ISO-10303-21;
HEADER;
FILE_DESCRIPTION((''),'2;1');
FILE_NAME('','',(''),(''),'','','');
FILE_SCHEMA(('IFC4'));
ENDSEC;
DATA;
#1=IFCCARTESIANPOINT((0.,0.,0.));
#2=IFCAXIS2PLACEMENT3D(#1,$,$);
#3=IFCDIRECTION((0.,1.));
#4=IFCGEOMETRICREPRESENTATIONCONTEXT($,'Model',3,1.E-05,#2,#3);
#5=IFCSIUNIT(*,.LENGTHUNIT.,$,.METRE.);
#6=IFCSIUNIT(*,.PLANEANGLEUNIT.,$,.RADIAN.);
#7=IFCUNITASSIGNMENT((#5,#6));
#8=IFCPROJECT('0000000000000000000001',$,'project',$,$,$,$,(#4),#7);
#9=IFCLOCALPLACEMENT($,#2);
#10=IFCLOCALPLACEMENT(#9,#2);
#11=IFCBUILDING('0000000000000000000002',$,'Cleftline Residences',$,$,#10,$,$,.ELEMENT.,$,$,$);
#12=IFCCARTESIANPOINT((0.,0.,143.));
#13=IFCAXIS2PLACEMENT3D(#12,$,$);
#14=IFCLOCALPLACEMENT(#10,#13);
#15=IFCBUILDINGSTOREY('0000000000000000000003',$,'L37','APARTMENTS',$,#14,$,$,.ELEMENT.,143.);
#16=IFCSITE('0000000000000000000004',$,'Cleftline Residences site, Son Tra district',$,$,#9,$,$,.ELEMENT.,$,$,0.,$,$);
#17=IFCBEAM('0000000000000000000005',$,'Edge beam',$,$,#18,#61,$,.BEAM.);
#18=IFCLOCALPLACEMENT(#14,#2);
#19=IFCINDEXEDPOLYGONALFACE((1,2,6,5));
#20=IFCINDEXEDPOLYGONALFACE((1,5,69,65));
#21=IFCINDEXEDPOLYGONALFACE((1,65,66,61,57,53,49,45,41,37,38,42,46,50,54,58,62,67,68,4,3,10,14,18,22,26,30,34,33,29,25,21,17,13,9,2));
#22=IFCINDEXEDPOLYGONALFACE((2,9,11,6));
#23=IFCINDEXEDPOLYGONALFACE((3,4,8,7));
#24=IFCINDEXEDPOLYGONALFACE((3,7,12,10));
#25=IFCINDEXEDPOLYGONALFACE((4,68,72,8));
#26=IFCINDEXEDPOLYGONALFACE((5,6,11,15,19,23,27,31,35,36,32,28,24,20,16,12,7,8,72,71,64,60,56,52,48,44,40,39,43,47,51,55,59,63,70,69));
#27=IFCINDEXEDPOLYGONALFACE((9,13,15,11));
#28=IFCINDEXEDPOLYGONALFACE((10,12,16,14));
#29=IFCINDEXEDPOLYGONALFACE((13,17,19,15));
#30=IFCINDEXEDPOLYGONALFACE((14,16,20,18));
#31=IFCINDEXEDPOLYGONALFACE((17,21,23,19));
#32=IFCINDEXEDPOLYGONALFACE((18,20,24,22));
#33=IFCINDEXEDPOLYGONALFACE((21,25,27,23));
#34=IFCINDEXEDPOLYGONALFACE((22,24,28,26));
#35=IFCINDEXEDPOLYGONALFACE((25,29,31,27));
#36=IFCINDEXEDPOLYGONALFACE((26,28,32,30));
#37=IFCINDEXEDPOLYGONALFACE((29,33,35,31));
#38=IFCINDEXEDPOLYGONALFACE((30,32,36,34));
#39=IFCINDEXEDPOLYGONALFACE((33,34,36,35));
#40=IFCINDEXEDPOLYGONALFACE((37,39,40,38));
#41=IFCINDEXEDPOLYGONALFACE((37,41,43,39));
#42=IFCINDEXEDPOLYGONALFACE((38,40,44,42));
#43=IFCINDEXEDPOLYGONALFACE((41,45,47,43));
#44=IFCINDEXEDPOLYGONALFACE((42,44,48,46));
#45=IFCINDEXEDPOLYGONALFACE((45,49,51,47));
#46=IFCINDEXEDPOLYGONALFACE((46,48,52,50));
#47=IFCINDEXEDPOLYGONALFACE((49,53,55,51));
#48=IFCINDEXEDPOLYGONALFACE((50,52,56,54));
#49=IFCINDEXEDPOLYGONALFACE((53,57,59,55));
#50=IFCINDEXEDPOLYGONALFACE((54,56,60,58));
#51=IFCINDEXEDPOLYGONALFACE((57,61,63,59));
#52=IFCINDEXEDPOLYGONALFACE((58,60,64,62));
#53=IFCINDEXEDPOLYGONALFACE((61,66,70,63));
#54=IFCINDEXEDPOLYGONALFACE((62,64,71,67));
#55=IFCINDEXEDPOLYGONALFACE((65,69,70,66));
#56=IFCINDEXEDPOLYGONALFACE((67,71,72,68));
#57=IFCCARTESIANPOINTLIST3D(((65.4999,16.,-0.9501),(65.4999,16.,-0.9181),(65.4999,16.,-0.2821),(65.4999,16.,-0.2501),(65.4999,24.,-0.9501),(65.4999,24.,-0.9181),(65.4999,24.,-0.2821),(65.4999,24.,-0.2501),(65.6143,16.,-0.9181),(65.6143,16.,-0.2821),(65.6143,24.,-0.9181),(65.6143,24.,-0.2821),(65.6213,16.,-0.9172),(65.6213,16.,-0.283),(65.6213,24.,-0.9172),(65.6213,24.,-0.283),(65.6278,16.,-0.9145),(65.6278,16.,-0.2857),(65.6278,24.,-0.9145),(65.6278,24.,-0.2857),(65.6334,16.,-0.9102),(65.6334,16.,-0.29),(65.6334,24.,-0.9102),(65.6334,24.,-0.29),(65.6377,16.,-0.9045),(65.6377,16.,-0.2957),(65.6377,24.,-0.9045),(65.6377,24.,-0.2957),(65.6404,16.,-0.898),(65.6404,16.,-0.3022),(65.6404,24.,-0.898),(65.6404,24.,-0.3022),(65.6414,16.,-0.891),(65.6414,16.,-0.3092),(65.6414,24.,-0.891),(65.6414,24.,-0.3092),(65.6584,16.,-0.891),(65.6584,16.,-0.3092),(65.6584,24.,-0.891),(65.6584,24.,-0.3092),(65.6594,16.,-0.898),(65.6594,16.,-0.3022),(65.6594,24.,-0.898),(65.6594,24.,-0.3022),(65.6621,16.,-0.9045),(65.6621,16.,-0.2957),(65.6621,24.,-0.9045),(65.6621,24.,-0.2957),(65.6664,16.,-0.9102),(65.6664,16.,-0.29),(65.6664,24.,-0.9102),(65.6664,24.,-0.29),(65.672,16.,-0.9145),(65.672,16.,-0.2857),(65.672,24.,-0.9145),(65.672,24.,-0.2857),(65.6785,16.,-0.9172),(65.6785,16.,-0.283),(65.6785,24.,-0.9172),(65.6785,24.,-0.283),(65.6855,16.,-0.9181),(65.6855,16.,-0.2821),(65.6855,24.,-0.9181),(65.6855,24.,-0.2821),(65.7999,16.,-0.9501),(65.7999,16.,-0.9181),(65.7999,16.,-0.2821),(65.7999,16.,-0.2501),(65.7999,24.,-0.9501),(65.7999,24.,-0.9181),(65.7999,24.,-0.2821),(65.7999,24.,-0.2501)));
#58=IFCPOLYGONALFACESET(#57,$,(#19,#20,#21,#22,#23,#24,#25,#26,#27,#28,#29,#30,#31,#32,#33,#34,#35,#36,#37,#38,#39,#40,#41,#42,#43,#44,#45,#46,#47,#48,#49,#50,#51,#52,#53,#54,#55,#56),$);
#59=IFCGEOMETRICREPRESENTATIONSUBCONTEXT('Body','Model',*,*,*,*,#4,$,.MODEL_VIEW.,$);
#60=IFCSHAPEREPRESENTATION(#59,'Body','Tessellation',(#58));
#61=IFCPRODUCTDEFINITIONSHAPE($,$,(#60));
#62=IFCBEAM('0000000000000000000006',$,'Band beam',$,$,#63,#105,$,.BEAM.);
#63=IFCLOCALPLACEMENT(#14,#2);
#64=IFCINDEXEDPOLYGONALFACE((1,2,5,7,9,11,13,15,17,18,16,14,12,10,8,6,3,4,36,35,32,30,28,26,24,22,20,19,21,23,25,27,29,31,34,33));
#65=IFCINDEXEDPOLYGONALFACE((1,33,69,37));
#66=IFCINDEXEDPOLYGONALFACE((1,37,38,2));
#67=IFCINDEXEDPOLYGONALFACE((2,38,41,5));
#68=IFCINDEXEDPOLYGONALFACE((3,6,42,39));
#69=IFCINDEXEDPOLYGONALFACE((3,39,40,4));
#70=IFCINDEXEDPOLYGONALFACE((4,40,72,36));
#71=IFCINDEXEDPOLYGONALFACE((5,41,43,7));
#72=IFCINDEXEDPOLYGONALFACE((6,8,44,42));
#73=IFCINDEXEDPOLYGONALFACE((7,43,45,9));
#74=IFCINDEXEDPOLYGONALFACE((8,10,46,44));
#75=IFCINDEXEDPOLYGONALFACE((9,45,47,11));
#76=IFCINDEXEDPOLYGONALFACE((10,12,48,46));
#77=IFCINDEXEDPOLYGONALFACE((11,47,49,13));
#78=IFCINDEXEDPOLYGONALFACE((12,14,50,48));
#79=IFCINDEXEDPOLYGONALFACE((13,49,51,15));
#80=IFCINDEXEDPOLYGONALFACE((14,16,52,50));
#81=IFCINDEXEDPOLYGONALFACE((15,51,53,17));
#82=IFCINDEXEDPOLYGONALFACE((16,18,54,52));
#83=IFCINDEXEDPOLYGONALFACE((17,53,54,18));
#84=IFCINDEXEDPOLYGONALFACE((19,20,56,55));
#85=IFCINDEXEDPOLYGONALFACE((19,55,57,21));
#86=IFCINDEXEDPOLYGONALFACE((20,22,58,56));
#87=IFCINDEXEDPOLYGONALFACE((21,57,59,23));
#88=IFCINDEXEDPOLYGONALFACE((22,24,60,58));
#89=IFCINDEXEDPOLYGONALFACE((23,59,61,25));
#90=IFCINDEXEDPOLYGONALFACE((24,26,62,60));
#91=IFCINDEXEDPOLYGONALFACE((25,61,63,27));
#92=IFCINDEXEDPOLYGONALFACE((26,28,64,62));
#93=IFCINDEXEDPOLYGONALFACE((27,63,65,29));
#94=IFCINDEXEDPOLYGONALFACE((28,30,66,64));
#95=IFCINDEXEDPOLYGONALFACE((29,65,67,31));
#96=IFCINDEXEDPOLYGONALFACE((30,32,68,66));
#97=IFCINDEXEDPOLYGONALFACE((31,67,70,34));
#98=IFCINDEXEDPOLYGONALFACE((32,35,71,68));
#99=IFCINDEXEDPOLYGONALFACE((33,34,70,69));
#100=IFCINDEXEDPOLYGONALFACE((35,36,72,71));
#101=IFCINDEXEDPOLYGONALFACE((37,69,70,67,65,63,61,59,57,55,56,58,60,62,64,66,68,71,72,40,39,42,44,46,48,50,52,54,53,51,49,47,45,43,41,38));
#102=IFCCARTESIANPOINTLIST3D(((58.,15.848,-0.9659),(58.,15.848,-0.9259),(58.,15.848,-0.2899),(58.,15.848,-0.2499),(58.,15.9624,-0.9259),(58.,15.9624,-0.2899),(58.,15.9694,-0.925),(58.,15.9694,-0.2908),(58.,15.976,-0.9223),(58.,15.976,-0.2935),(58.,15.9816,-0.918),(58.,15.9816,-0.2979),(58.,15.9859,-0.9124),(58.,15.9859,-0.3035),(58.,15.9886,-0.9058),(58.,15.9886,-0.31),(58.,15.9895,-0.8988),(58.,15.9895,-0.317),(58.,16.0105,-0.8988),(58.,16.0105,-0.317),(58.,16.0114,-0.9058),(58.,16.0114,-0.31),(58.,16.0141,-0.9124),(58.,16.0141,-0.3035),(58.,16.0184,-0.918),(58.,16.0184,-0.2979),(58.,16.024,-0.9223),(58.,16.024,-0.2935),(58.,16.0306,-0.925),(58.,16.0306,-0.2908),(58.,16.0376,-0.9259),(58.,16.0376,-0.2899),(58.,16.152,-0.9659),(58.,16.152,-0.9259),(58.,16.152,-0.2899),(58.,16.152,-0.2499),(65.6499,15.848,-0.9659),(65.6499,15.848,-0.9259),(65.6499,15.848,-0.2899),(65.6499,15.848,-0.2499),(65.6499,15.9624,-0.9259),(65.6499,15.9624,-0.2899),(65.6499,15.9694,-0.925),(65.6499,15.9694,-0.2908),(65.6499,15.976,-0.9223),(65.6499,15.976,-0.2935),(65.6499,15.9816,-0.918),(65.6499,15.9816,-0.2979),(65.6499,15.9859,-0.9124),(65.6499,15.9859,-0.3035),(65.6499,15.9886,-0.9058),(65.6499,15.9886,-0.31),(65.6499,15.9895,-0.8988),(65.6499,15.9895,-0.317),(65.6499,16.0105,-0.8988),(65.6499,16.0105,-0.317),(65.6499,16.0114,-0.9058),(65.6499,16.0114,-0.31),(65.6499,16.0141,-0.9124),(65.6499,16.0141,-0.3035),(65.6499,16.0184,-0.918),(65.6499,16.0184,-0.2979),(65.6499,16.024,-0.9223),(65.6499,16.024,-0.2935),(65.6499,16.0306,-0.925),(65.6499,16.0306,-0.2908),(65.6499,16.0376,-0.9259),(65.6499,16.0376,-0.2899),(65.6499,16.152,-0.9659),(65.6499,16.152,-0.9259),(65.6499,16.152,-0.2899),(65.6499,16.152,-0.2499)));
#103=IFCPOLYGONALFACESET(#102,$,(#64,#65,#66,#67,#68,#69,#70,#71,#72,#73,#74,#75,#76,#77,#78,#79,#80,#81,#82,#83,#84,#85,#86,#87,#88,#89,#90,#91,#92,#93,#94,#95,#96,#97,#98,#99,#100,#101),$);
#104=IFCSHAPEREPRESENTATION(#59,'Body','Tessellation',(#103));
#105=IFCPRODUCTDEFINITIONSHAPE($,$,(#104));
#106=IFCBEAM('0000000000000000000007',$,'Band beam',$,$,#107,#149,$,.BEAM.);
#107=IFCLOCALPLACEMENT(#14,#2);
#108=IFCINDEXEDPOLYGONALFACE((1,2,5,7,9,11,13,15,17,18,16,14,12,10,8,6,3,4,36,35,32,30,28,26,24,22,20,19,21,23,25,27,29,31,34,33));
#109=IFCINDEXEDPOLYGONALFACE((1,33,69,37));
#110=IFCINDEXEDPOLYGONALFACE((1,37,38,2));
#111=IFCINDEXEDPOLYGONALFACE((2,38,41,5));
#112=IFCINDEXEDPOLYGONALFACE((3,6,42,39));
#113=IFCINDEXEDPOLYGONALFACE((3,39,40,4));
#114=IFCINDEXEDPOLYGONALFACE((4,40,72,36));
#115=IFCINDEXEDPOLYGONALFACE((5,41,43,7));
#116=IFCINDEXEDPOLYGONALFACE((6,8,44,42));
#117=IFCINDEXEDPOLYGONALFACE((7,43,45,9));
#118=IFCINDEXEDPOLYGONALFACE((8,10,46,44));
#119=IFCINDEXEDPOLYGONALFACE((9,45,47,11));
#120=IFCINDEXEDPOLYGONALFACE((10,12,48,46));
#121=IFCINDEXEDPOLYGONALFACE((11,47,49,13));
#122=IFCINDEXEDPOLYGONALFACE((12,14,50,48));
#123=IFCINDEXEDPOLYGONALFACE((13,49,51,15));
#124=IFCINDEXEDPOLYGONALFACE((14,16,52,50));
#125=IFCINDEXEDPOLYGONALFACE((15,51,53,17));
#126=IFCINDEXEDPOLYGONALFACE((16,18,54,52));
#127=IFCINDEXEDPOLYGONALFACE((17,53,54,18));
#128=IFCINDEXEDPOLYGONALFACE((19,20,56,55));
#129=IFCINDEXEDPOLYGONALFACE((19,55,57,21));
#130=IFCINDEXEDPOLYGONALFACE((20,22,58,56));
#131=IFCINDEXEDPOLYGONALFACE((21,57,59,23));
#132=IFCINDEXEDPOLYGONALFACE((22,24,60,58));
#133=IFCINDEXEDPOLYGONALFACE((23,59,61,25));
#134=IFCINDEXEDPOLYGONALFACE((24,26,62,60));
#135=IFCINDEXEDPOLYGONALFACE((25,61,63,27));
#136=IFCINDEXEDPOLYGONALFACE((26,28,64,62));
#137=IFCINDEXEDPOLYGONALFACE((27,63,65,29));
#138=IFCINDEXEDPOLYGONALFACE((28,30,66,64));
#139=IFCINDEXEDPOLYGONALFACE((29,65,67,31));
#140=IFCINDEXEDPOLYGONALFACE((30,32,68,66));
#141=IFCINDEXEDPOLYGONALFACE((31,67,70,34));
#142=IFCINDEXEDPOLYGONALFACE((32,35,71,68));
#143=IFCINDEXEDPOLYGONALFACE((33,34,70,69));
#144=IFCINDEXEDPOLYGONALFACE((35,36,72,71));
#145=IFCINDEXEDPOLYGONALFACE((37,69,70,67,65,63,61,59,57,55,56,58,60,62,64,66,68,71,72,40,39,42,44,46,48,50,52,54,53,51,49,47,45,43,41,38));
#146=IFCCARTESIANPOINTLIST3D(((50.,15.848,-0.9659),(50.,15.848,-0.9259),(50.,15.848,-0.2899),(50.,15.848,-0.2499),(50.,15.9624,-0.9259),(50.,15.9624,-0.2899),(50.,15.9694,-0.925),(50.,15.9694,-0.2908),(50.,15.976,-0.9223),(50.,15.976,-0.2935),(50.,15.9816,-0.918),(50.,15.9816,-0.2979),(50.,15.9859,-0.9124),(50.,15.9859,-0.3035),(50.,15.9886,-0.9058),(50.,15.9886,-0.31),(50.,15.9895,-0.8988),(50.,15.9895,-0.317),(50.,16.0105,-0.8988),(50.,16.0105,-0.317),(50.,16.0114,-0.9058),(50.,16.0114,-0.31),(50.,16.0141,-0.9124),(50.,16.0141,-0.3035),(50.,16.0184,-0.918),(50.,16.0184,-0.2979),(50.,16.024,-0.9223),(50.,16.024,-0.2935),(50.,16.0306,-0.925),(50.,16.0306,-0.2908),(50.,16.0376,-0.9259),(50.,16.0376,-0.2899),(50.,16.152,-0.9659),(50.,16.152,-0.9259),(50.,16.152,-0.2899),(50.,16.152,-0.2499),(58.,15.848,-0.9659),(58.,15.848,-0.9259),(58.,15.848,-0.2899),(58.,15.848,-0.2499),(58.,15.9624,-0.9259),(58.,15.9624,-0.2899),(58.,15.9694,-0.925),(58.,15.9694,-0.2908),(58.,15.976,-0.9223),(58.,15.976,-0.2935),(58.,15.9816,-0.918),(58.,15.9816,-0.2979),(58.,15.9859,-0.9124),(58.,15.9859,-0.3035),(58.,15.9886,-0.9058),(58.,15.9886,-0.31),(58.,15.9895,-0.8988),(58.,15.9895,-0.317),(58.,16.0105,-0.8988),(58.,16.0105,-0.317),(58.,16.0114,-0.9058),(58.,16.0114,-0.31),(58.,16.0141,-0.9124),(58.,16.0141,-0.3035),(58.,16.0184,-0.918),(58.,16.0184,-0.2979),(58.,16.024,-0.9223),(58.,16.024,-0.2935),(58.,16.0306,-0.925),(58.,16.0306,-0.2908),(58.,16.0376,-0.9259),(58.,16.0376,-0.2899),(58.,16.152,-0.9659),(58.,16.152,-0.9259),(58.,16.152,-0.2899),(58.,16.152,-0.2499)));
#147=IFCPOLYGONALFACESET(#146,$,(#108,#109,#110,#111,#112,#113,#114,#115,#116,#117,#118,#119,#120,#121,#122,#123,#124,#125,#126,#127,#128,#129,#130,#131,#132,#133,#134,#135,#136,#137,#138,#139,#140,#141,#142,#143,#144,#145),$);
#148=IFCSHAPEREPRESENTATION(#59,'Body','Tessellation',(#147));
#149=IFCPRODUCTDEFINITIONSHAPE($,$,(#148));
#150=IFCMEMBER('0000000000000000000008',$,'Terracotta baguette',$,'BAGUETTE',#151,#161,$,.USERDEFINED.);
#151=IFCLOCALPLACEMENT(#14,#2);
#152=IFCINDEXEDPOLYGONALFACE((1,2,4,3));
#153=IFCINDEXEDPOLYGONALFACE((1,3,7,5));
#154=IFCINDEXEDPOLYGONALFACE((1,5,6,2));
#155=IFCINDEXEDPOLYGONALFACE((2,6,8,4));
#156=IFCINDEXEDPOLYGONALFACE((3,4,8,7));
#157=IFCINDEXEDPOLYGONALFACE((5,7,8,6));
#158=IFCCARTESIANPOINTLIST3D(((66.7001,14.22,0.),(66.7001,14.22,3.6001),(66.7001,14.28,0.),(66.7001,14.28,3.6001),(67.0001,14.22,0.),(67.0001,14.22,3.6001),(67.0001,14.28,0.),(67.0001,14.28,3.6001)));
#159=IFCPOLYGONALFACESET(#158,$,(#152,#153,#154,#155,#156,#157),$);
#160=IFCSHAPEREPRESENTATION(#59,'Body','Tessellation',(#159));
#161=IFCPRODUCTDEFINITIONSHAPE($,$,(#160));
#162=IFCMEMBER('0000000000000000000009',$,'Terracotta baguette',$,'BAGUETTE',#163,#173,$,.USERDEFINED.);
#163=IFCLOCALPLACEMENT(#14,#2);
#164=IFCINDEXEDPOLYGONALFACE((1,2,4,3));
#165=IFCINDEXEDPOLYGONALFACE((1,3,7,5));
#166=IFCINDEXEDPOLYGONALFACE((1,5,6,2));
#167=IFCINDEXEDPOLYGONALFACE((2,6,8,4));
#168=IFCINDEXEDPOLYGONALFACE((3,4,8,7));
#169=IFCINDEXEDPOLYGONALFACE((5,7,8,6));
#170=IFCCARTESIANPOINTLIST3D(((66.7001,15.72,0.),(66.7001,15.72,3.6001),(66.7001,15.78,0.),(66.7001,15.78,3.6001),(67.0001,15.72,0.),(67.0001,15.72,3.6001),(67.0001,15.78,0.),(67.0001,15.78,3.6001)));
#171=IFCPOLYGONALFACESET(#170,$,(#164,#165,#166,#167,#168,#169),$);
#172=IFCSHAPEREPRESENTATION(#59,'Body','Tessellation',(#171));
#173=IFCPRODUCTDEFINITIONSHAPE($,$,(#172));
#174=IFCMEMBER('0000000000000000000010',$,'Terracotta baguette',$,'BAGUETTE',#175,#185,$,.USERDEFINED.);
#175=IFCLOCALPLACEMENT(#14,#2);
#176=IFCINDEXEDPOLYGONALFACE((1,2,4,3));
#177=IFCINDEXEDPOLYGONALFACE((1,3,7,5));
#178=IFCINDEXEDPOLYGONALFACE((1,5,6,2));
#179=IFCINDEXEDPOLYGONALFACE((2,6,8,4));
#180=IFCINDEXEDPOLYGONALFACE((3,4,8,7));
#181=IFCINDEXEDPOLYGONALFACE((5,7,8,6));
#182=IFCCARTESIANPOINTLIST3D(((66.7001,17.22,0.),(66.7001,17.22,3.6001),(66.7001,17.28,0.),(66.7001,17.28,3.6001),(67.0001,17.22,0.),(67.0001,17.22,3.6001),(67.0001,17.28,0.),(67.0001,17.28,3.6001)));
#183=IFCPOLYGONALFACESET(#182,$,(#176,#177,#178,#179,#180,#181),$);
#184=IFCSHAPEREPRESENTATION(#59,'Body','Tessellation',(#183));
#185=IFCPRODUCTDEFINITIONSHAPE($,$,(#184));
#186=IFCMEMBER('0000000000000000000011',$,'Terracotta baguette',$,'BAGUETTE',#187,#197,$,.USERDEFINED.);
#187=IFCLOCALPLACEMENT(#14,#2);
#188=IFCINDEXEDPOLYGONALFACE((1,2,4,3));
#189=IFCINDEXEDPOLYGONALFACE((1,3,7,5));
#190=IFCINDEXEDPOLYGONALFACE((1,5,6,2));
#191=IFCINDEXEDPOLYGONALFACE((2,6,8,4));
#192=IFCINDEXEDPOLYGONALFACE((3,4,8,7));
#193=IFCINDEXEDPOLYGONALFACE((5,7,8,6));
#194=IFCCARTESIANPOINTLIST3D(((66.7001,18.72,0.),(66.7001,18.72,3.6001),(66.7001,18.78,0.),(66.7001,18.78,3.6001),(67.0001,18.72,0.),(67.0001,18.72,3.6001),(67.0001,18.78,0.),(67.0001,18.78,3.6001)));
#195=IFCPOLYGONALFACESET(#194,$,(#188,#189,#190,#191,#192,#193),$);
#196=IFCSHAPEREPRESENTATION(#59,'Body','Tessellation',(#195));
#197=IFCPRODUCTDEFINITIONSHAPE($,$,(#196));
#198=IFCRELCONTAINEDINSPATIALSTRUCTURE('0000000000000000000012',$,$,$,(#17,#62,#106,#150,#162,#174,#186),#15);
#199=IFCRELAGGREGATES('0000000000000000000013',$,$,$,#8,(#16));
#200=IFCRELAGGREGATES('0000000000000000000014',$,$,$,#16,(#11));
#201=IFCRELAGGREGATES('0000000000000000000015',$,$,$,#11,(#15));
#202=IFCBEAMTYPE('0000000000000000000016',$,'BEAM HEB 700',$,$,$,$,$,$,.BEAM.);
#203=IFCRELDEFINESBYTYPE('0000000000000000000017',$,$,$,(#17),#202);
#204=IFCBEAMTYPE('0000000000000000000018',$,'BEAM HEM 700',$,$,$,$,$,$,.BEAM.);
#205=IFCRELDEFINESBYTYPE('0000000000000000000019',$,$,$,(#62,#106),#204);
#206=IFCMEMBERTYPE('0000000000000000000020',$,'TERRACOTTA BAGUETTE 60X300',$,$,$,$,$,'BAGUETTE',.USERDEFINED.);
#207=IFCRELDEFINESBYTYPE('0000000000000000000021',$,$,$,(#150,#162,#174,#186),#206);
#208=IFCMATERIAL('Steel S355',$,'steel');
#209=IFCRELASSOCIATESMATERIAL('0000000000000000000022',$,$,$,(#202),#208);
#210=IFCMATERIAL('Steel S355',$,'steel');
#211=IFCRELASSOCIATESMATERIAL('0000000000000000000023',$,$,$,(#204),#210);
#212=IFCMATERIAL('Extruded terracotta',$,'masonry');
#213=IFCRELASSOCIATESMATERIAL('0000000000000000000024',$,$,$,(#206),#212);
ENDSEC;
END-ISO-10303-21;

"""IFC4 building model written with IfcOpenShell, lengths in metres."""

from ifc_helpers import new_model, si_unit, direction, frame, origin, origin_2d, place, context, subcontext, project, spatial, rectangle, i_section, extrude, material, material_profile, profile_set, type_object, element, save


model = new_model("IFC4")

# Units and contexts
model_context = context("Model", 3, precision=1e-05, world=origin(), true_north=direction((0.0, 1.0)))
body_context = subcontext(model_context, "Body", "Model", "MODEL_VIEW")
ifc_project = project(units=[si_unit("LENGTHUNIT", "METRE"), si_unit("PLANEANGLEUNIT", "RADIAN")], contexts=[model_context])

# Site, building, storey
site_placement = place(None, origin())
site = spatial("IfcSite", under=ifc_project, at=site_placement, Name="Cleftline Residences site, Son Tra district", CompositionType="ELEMENT", RefElevation=0.0)
building_placement = place(site_placement, origin())
building = spatial("IfcBuilding", under=site, at=building_placement, Name="Cleftline Residences", CompositionType="ELEMENT")
storey_placement = place(building_placement, frame((0.0, 0.0, 143.0)))
storey = spatial("IfcBuildingStorey", under=building, at=storey_placement, Name="L37", Description="APARTMENTS", CompositionType="ELEMENT", Elevation=143.0)

# Beams
ifc_material_1 = material(Name="Steel S355", Category="steel")
ifc_material_profile_1 = material_profile(ifc_material_1, i_section(OverallWidth=0.3, OverallDepth=0.7, WebThickness=0.0171, FlangeThickness=0.032, FilletRadius=0.0271, at=origin_2d()))
ifc_profile_set_1 = profile_set([ifc_material_profile_1], Name="Steel S355")
beam_type_1 = type_object("IfcBeamType", Name="BEAM HEB 700", PredefinedType="BEAM", material=ifc_profile_set_1)
beam_1_placement = place(storey_placement, frame((65.6499, 16.0, -0.6001), z_axis=(0.0, 1.0, 0.0), x_axis=(-1.0, 0.0, 0.0)))
element("IfcBeam", 1, at=beam_1_placement, inside=storey, type_object=beam_type_1, Name="Edge beam", PredefinedType="BEAM", context=body_context, shape_type="SweptSolid", body=[
    extrude(i_section(OverallWidth=0.3, OverallDepth=0.7, WebThickness=0.0171, FlangeThickness=0.032, FilletRadius=0.0271, at=origin_2d()), origin(), (0.0, 0.0, 1.0), 8.0),
])
ifc_material_2 = material(Name="Steel S355", Category="steel")
ifc_material_profile_2 = material_profile(ifc_material_2, i_section(OverallWidth=0.304, OverallDepth=0.7161, WebThickness=0.021, FlangeThickness=0.04, FilletRadius=0.0271, at=origin_2d()))
ifc_profile_set_2 = profile_set([ifc_material_profile_2], Name="Steel S355")
beam_type_2 = type_object("IfcBeamType", Name="BEAM HEM 700", PredefinedType="BEAM", material=ifc_profile_set_2)
beam_2_placement = place(storey_placement, frame((65.6499, 16.0, -0.6079), z_axis=(-1.0, 0.0, 0.0), x_axis=(0.0, -1.0, 0.0)))
element("IfcBeam", 2, at=beam_2_placement, inside=storey, type_object=beam_type_2, Name="Band beam", PredefinedType="BEAM", context=body_context, shape_type="SweptSolid", body=[
    extrude(i_section(OverallWidth=0.304, OverallDepth=0.7161, WebThickness=0.021, FlangeThickness=0.04, FilletRadius=0.0271, at=origin_2d()), origin(), (0.0, 0.0, 1.0), 7.6499),
])
beam_3_placement = place(storey_placement, frame((58.0, 16.0, -0.6079), z_axis=(-1.0, 0.0, 0.0), x_axis=(0.0, -1.0, 0.0)))
element("IfcBeam", 3, at=beam_3_placement, inside=storey, type_object=beam_type_2, Name="Band beam", PredefinedType="BEAM", context=body_context, shape_type="SweptSolid", body=[
    extrude(i_section(OverallWidth=0.304, OverallDepth=0.7161, WebThickness=0.021, FlangeThickness=0.04, FilletRadius=0.0271, at=origin_2d()), origin(), (0.0, 0.0, 1.0), 8.0),
])

# Members
ifc_material_3 = material(Name="Extruded terracotta", Category="masonry")
ifc_material_profile_3 = material_profile(ifc_material_3, rectangle(XDim=0.0601, YDim=0.3, at=origin_2d()))
ifc_profile_set_3 = profile_set([ifc_material_profile_3], Name="Extruded terracotta")
member_type_1 = type_object("IfcMemberType", Name="TERRACOTTA BAGUETTE 60X300", ElementType="BAGUETTE", PredefinedType="USERDEFINED", material=ifc_profile_set_3)
for number, where, z_axis, x_axis, name in (
    (4, (66.8501, 14.25, 0.0), (0.0, 0.0, 1.0), (0.0, 1.0, 0.0), "Terracotta baguette"),
    (5, (66.8501, 15.75, 0.0), (0.0, 0.0, 1.0), (0.0, 1.0, 0.0), "Terracotta baguette"),
    (6, (66.8501, 17.25, 0.0), (0.0, 0.0, 1.0), (0.0, 1.0, 0.0), "Terracotta baguette"),
    (7, (66.8501, 18.75, 0.0), (0.0, 0.0, 1.0), (0.0, 1.0, 0.0), "Terracotta baguette"),
):
    element("IfcMember", number, at=place(storey_placement, frame(where, z_axis=z_axis, x_axis=x_axis)), inside=storey, type_object=member_type_1, Name=name, ObjectType="BAGUETTE", PredefinedType="USERDEFINED", context=body_context, shape_type="SweptSolid", body=[
        extrude(rectangle(XDim=0.0601, YDim=0.3, at=origin_2d()), origin(), (0.0, 0.0, 1.0), 3.6001),
    ])

save(model, "model.ifc")
